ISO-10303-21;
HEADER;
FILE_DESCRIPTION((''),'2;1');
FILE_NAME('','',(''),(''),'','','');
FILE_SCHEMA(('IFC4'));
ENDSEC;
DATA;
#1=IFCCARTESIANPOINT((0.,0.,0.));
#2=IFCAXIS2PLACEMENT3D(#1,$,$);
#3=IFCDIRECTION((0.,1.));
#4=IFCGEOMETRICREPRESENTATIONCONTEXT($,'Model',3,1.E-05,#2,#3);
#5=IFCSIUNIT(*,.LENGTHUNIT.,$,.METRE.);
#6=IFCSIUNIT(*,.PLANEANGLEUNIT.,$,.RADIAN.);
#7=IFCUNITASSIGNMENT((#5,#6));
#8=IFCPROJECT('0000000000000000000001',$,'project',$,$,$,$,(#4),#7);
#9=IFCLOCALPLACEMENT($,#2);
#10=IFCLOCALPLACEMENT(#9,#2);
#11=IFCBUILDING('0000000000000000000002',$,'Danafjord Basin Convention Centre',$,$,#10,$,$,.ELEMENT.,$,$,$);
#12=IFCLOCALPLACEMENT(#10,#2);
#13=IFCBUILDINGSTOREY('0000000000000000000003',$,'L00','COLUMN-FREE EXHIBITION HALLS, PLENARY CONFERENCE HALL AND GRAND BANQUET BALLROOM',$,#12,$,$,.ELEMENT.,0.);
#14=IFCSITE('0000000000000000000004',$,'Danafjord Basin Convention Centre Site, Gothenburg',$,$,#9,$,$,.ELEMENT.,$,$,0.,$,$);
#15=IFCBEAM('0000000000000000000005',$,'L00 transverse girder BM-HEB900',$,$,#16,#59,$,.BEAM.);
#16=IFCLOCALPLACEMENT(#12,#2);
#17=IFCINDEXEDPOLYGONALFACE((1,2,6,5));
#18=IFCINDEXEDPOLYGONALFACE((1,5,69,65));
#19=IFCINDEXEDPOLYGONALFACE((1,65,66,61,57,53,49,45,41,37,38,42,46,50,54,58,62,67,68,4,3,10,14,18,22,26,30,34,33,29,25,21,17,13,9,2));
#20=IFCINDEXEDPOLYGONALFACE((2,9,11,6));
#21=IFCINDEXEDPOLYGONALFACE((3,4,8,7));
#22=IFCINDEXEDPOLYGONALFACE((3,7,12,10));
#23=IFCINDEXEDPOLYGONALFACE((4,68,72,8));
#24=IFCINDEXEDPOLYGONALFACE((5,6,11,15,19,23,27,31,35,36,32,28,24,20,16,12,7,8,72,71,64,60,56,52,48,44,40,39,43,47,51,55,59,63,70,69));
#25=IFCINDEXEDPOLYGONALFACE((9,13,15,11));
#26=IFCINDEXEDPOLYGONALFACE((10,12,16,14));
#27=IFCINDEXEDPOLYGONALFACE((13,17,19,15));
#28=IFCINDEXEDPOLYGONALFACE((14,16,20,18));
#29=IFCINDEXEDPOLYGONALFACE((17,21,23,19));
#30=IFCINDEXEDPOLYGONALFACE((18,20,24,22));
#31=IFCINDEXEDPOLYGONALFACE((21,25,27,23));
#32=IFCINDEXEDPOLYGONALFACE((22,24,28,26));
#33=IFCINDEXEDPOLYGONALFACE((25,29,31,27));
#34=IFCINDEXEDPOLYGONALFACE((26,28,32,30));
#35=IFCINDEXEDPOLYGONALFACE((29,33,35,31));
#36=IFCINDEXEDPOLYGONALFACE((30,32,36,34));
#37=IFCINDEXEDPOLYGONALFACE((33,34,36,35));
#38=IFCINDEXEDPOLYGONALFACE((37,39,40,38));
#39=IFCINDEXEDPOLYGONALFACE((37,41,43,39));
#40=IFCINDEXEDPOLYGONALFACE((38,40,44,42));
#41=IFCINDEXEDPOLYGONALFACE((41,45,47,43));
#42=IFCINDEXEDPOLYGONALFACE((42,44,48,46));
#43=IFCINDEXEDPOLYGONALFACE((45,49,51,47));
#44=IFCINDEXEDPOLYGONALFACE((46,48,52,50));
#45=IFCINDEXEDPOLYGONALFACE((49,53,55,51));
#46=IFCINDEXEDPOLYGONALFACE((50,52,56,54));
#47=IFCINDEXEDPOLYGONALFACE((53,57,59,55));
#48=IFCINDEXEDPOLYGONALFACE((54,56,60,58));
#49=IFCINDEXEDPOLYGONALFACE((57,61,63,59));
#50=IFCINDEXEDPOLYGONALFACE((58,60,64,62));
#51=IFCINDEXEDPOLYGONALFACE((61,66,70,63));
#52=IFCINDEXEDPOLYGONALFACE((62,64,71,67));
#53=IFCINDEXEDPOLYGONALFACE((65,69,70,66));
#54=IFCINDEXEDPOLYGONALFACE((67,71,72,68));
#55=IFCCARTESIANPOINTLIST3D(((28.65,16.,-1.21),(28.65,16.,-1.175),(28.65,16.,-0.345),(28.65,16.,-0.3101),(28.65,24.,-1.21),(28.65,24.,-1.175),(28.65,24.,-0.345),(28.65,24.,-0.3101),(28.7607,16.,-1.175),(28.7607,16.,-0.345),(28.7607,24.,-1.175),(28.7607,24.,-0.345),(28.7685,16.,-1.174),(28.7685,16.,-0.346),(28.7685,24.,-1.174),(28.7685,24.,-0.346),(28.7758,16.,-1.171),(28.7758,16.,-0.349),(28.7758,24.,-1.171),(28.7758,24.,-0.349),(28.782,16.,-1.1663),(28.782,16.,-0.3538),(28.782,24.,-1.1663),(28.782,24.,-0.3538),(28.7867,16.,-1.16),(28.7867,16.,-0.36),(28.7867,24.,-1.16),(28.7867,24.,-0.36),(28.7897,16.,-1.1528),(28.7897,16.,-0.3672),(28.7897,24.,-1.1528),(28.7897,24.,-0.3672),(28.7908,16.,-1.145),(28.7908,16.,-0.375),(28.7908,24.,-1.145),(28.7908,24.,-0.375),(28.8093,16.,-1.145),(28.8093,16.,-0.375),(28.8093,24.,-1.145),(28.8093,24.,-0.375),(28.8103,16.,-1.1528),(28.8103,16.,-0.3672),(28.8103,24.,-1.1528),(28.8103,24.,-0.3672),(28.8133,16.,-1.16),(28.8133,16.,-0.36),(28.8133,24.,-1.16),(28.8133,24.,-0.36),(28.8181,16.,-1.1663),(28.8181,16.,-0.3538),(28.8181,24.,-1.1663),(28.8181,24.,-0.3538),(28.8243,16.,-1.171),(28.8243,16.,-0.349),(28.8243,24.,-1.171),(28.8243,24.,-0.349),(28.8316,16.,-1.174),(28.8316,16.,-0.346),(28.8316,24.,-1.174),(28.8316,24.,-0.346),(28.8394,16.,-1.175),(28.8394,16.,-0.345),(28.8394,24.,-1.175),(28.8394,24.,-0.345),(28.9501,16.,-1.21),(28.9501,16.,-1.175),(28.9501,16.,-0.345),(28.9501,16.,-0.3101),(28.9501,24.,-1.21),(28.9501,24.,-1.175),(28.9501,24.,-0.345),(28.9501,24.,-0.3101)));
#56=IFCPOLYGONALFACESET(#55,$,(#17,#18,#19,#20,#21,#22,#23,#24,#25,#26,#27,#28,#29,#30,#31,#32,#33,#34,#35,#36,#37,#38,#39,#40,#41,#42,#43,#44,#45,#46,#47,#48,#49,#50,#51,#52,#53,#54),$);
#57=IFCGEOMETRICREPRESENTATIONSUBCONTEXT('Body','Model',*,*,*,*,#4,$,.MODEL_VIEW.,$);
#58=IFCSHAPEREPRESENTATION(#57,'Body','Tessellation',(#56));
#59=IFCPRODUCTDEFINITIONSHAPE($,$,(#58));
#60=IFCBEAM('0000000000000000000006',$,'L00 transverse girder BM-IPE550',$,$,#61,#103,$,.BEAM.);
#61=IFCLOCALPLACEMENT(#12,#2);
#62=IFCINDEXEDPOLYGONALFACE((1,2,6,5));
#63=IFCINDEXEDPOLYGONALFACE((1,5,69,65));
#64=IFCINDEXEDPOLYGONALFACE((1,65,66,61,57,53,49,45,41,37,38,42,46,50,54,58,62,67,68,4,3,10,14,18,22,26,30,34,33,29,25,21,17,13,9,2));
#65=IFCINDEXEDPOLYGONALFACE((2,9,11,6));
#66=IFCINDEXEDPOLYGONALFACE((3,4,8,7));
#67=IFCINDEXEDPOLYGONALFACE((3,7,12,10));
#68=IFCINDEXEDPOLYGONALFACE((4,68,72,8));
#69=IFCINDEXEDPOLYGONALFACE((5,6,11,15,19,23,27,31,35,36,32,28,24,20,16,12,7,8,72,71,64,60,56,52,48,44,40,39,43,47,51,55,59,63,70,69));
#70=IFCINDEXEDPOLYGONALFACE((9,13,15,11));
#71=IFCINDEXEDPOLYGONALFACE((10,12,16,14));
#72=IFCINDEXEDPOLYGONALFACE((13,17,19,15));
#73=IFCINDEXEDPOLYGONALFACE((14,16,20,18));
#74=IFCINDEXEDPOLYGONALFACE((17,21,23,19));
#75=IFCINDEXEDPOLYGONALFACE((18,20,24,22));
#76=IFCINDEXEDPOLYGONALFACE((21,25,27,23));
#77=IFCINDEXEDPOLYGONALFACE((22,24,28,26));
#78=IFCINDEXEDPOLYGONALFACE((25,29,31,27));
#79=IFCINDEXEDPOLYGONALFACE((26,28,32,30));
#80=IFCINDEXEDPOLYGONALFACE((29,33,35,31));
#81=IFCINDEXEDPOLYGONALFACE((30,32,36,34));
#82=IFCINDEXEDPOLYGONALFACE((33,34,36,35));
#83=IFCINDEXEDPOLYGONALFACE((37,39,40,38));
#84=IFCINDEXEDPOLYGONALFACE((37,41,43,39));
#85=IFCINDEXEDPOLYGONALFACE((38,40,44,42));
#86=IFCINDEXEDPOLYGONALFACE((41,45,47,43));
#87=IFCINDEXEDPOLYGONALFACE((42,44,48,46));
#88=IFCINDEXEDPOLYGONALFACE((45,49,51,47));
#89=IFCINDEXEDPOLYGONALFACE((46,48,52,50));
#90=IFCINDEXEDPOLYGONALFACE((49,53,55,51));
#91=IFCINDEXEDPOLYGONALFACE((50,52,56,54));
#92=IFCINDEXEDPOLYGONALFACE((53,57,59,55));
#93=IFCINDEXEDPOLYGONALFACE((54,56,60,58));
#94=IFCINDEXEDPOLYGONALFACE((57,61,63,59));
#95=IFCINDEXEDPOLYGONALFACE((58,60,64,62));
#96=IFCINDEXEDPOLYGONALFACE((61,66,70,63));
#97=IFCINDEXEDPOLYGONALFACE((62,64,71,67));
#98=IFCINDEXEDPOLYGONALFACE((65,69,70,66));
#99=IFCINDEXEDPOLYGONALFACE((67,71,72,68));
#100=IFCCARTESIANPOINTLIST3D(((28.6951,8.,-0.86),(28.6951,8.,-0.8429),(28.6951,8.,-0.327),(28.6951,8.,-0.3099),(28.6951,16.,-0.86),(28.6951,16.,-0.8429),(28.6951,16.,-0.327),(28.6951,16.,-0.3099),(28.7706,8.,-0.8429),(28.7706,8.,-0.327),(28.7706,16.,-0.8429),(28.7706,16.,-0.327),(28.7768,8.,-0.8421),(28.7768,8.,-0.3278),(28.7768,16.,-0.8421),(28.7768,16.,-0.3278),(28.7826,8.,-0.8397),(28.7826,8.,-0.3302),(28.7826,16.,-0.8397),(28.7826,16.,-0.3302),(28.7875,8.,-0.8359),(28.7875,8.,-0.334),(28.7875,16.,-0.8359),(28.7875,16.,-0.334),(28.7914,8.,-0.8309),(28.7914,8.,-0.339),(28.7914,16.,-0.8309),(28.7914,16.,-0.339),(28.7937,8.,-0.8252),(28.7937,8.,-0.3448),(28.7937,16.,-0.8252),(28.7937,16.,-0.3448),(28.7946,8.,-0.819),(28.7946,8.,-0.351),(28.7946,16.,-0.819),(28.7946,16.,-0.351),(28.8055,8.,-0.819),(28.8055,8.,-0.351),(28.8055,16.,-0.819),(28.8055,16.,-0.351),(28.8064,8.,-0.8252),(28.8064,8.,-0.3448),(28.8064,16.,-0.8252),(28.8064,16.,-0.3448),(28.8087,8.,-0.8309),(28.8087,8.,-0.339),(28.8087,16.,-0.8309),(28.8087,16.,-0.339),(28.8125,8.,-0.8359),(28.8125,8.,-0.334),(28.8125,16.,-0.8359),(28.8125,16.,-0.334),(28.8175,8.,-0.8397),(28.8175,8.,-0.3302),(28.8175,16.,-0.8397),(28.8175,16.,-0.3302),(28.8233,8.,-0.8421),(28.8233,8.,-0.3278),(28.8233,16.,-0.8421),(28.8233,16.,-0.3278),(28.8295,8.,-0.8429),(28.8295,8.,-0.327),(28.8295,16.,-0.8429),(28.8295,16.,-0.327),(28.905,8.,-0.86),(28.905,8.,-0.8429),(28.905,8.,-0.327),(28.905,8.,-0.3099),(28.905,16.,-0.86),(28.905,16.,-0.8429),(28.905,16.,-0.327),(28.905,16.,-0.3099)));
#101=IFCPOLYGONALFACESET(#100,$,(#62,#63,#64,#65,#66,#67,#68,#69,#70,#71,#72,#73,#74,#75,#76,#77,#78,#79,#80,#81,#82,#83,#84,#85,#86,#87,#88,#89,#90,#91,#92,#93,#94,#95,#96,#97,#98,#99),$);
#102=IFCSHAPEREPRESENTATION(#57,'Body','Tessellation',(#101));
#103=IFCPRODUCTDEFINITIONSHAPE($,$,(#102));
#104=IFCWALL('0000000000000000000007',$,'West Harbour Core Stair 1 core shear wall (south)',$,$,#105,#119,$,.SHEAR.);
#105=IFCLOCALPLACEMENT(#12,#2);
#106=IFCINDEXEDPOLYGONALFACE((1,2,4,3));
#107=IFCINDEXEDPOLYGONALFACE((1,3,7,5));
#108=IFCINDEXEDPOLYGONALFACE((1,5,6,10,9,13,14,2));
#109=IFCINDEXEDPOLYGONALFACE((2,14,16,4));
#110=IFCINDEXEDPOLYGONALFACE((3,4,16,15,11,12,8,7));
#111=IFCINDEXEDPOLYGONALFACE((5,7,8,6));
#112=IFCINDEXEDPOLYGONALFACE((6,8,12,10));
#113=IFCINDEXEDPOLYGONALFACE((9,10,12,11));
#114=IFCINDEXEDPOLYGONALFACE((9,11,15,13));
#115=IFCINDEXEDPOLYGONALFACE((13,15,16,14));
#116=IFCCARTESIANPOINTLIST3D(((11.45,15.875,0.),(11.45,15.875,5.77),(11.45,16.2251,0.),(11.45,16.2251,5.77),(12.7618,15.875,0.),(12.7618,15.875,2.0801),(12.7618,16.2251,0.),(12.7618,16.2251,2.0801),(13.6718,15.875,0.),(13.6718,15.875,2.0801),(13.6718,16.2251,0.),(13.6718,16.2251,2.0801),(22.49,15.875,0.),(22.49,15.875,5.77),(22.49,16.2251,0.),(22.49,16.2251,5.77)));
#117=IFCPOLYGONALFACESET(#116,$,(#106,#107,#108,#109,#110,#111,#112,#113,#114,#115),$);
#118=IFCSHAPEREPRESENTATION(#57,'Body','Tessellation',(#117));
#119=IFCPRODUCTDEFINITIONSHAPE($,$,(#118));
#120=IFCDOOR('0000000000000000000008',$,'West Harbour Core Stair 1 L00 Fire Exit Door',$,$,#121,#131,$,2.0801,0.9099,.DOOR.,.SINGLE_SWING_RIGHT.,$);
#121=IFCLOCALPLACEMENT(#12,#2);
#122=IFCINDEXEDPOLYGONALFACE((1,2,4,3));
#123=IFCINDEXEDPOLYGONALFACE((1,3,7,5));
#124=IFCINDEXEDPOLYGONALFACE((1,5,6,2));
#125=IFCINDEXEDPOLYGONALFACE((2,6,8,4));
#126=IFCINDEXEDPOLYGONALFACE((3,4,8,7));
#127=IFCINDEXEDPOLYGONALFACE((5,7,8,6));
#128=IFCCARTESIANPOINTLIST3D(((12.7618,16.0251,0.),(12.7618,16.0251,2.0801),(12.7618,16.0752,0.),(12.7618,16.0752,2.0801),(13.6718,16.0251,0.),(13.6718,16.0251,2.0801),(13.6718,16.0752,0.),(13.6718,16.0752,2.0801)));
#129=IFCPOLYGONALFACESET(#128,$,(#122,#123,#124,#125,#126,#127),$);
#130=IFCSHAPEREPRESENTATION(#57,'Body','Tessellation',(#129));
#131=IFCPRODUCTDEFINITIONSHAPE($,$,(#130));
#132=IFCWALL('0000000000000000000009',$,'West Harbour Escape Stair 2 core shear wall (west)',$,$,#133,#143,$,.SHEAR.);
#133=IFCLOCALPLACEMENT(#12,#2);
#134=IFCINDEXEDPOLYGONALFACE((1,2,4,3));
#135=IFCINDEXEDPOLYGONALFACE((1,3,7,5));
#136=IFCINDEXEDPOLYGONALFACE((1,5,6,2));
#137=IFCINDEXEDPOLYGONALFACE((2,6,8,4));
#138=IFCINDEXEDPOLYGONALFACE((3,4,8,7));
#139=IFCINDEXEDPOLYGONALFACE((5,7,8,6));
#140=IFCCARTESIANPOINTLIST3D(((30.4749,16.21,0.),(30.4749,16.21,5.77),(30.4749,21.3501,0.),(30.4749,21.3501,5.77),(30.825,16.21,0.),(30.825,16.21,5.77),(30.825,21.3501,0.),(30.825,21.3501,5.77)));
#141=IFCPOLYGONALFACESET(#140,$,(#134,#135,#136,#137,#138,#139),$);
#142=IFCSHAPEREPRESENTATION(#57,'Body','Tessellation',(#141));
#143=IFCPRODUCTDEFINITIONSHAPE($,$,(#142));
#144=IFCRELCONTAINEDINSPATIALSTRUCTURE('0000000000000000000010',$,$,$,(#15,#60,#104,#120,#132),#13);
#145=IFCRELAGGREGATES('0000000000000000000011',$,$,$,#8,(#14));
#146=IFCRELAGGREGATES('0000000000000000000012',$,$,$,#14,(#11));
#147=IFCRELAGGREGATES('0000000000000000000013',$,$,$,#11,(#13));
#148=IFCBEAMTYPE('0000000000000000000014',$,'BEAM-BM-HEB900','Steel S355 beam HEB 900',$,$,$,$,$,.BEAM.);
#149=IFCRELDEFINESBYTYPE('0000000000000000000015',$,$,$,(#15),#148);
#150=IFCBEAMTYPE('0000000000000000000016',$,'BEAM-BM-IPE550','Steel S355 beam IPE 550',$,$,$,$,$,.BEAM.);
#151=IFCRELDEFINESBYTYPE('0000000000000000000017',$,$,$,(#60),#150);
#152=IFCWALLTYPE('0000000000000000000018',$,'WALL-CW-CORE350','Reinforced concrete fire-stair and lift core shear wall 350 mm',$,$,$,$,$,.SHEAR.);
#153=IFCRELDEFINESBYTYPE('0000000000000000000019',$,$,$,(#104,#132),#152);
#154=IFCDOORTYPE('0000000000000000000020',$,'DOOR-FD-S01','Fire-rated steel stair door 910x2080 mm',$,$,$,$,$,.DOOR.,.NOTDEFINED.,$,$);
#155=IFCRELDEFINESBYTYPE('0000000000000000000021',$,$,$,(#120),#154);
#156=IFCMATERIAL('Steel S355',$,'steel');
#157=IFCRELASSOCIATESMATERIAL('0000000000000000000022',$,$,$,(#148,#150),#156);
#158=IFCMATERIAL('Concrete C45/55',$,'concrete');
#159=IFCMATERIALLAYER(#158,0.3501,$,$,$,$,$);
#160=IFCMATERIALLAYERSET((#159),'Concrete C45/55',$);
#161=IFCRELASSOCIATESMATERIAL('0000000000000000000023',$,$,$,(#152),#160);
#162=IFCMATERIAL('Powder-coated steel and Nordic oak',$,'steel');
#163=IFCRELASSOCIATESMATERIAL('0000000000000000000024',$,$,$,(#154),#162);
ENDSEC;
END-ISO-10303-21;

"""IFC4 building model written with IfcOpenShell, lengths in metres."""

from ifc_helpers import new_model, si_unit, direction, frame, frame_2d, origin, origin_2d, place, context, subcontext, project, spatial, rectangle, i_section, extrude, material, layer, layer_set, material_profile, profile_set, type_object, element, fill, save


model = new_model("IFC4")

# Units and contexts
model_context = context("Model", 3, precision=1e-05, world=origin(), true_north=direction((0.0, 1.0)))
body_context = subcontext(model_context, "Body", "Model", "MODEL_VIEW")
ifc_project = project(units=[si_unit("LENGTHUNIT", "METRE"), si_unit("PLANEANGLEUNIT", "RADIAN")], contexts=[model_context])

# Site, building, storey
site_placement = place(None, origin())
site = spatial("IfcSite", under=ifc_project, at=site_placement, Name="Danafjord Basin Convention Centre Site, Gothenburg", CompositionType="ELEMENT", RefElevation=0.0)
building_placement = place(site_placement, origin())
building = spatial("IfcBuilding", under=site, at=building_placement, Name="Danafjord Basin Convention Centre", CompositionType="ELEMENT")
storey_placement = place(building_placement, origin())
storey = spatial("IfcBuildingStorey", under=building, at=storey_placement, Name="L00", Description="COLUMN-FREE EXHIBITION HALLS, PLENARY CONFERENCE HALL AND GRAND BANQUET BALLROOM", CompositionType="ELEMENT", Elevation=0.0)

# Shared definitions
ifc_material_1 = material(Name="Steel S355", Category="steel")

# Beams
ifc_material_profile_1 = material_profile(ifc_material_1, i_section(OverallWidth=0.3, OverallDepth=0.8999, WebThickness=0.0186, FlangeThickness=0.0349, FilletRadius=0.03, at=origin_2d()), Name="HEB 900")
ifc_profile_set_1 = profile_set([ifc_material_profile_1], Name="Steel S355")
beam_type_1 = type_object("IfcBeamType", Name="BEAM-BM-HEB900", Description="Steel S355 beam HEB 900", PredefinedType="BEAM", material=ifc_profile_set_1)
beam_1_placement = place(storey_placement, frame((28.8, 16.0, -0.76), z_axis=(0.0, 1.0, 0.0), x_axis=(-1.0, 0.0, 0.0)))
element("IfcBeam", 1, at=beam_1_placement, inside=storey, type_object=beam_type_1, Name="L00 transverse girder BM-HEB900", PredefinedType="BEAM", context=body_context, shape_type="SweptSolid", body=[
    extrude(i_section(OverallWidth=0.3, OverallDepth=0.8999, WebThickness=0.0186, FlangeThickness=0.0349, FilletRadius=0.03, at=origin_2d()), origin(), (0.0, 0.0, 1.0), 8.0),
])
ifc_material_profile_2 = material_profile(ifc_material_1, i_section(OverallWidth=0.21, OverallDepth=0.55, WebThickness=0.011, FlangeThickness=0.0171, FilletRadius=0.0239, at=origin_2d()), Name="IPE 550")
ifc_profile_set_2 = profile_set([ifc_material_profile_2], Name="Steel S355")
beam_type_2 = type_object("IfcBeamType", Name="BEAM-BM-IPE550", Description="Steel S355 beam IPE 550", PredefinedType="BEAM", material=ifc_profile_set_2)
beam_2_placement = place(storey_placement, frame((28.8, 8.0, -0.585), z_axis=(0.0, 1.0, 0.0), x_axis=(-1.0, 0.0, 0.0)))
element("IfcBeam", 2, at=beam_2_placement, inside=storey, type_object=beam_type_2, Name="L00 transverse girder BM-IPE550", PredefinedType="BEAM", context=body_context, shape_type="SweptSolid", body=[
    extrude(i_section(OverallWidth=0.21, OverallDepth=0.55, WebThickness=0.011, FlangeThickness=0.0171, FilletRadius=0.0239, at=origin_2d()), origin(), (0.0, 0.0, 1.0), 8.0),
])

# Wall, opening, door
ifc_material_2 = material(Name="Concrete C45/55", Category="concrete")
ifc_layer = layer(ifc_material_2, 0.3501)
ifc_layer_set = layer_set([ifc_layer], Name="Concrete C45/55")
wall_type = type_object("IfcWallType", Name="WALL-CW-CORE350", Description="Reinforced concrete fire-stair and lift core shear wall 350 mm", PredefinedType="SHEAR", material=ifc_layer_set)
wall_1_placement = place(storey_placement, frame((22.49, 16.05, 0.0), z_axis=(0.0, 0.0, 1.0), x_axis=(-1.0, 0.0, 0.0)))
wall_1 = element("IfcWall", 3, at=wall_1_placement, inside=storey, type_object=wall_type, Name="West Harbour Core Stair 1 core shear wall (south)", PredefinedType="SHEAR", context=body_context, shape_type="SweptSolid", body=[
    extrude(rectangle(XDim=11.04, YDim=0.3501, at=frame_2d((5.52, 0.0))), origin(), (0.0, 0.0, 1.0), 5.77),
])
opening_placement = place(wall_1_placement, frame((8.8181, 0.0, 0.0)))
opening = element("IfcOpeningElement", 4, at=opening_placement, cuts=wall_1, PredefinedType="OPENING", context=body_context, shape_type="SweptSolid", body=[
    extrude(rectangle(XDim=0.9099, YDim=2.0801, at=frame_2d((0.4551, 1.04))), frame((0.0, 0.1851, 0.0), z_axis=(0.0, -1.0, 0.0), x_axis=(1.0, 0.0, 0.0)), (0.0, 0.0, 1.0), 0.3701),
])
ifc_material_3 = material(Name="Powder-coated steel and Nordic oak", Category="steel")
door_type = type_object("IfcDoorType", Name="DOOR-FD-S01", Description="Fire-rated steel stair door 910x2080 mm", OperationType="NOTDEFINED", PredefinedType="DOOR", material=ifc_material_3)
door_placement = place(opening_placement, origin())
door = element("IfcDoor", 5, at=door_placement, inside=storey, type_object=door_type, Name="West Harbour Core Stair 1 L00 Fire Exit Door", OperationType="SINGLE_SWING_RIGHT", OverallHeight=2.0801, OverallWidth=0.9099, PredefinedType="DOOR", context=body_context, shape_type="SweptSolid", body=[
    extrude(rectangle(XDim=0.9099, YDim=2.0801, at=frame_2d((0.4551, 1.04))), frame((0.0, 0.0249, 0.0), z_axis=(0.0, -1.0, 0.0), x_axis=(1.0, 0.0, 0.0)), (0.0, 0.0, 1.0), 0.05),
])
fill(opening, door)

# Wall
wall_2_placement = place(storey_placement, frame((30.6499, 16.21, 0.0), z_axis=(0.0, 0.0, 1.0), x_axis=(0.0, 1.0, 0.0)))
element("IfcWall", 6, at=wall_2_placement, inside=storey, type_object=wall_type, Name="West Harbour Escape Stair 2 core shear wall (west)", PredefinedType="SHEAR", context=body_context, shape_type="SweptSolid", body=[
    extrude(rectangle(XDim=5.1401, YDim=0.3501, at=frame_2d((2.5701, 0.0))), origin(), (0.0, 0.0, 1.0), 5.77),
])

save(model, "model.ifc")
